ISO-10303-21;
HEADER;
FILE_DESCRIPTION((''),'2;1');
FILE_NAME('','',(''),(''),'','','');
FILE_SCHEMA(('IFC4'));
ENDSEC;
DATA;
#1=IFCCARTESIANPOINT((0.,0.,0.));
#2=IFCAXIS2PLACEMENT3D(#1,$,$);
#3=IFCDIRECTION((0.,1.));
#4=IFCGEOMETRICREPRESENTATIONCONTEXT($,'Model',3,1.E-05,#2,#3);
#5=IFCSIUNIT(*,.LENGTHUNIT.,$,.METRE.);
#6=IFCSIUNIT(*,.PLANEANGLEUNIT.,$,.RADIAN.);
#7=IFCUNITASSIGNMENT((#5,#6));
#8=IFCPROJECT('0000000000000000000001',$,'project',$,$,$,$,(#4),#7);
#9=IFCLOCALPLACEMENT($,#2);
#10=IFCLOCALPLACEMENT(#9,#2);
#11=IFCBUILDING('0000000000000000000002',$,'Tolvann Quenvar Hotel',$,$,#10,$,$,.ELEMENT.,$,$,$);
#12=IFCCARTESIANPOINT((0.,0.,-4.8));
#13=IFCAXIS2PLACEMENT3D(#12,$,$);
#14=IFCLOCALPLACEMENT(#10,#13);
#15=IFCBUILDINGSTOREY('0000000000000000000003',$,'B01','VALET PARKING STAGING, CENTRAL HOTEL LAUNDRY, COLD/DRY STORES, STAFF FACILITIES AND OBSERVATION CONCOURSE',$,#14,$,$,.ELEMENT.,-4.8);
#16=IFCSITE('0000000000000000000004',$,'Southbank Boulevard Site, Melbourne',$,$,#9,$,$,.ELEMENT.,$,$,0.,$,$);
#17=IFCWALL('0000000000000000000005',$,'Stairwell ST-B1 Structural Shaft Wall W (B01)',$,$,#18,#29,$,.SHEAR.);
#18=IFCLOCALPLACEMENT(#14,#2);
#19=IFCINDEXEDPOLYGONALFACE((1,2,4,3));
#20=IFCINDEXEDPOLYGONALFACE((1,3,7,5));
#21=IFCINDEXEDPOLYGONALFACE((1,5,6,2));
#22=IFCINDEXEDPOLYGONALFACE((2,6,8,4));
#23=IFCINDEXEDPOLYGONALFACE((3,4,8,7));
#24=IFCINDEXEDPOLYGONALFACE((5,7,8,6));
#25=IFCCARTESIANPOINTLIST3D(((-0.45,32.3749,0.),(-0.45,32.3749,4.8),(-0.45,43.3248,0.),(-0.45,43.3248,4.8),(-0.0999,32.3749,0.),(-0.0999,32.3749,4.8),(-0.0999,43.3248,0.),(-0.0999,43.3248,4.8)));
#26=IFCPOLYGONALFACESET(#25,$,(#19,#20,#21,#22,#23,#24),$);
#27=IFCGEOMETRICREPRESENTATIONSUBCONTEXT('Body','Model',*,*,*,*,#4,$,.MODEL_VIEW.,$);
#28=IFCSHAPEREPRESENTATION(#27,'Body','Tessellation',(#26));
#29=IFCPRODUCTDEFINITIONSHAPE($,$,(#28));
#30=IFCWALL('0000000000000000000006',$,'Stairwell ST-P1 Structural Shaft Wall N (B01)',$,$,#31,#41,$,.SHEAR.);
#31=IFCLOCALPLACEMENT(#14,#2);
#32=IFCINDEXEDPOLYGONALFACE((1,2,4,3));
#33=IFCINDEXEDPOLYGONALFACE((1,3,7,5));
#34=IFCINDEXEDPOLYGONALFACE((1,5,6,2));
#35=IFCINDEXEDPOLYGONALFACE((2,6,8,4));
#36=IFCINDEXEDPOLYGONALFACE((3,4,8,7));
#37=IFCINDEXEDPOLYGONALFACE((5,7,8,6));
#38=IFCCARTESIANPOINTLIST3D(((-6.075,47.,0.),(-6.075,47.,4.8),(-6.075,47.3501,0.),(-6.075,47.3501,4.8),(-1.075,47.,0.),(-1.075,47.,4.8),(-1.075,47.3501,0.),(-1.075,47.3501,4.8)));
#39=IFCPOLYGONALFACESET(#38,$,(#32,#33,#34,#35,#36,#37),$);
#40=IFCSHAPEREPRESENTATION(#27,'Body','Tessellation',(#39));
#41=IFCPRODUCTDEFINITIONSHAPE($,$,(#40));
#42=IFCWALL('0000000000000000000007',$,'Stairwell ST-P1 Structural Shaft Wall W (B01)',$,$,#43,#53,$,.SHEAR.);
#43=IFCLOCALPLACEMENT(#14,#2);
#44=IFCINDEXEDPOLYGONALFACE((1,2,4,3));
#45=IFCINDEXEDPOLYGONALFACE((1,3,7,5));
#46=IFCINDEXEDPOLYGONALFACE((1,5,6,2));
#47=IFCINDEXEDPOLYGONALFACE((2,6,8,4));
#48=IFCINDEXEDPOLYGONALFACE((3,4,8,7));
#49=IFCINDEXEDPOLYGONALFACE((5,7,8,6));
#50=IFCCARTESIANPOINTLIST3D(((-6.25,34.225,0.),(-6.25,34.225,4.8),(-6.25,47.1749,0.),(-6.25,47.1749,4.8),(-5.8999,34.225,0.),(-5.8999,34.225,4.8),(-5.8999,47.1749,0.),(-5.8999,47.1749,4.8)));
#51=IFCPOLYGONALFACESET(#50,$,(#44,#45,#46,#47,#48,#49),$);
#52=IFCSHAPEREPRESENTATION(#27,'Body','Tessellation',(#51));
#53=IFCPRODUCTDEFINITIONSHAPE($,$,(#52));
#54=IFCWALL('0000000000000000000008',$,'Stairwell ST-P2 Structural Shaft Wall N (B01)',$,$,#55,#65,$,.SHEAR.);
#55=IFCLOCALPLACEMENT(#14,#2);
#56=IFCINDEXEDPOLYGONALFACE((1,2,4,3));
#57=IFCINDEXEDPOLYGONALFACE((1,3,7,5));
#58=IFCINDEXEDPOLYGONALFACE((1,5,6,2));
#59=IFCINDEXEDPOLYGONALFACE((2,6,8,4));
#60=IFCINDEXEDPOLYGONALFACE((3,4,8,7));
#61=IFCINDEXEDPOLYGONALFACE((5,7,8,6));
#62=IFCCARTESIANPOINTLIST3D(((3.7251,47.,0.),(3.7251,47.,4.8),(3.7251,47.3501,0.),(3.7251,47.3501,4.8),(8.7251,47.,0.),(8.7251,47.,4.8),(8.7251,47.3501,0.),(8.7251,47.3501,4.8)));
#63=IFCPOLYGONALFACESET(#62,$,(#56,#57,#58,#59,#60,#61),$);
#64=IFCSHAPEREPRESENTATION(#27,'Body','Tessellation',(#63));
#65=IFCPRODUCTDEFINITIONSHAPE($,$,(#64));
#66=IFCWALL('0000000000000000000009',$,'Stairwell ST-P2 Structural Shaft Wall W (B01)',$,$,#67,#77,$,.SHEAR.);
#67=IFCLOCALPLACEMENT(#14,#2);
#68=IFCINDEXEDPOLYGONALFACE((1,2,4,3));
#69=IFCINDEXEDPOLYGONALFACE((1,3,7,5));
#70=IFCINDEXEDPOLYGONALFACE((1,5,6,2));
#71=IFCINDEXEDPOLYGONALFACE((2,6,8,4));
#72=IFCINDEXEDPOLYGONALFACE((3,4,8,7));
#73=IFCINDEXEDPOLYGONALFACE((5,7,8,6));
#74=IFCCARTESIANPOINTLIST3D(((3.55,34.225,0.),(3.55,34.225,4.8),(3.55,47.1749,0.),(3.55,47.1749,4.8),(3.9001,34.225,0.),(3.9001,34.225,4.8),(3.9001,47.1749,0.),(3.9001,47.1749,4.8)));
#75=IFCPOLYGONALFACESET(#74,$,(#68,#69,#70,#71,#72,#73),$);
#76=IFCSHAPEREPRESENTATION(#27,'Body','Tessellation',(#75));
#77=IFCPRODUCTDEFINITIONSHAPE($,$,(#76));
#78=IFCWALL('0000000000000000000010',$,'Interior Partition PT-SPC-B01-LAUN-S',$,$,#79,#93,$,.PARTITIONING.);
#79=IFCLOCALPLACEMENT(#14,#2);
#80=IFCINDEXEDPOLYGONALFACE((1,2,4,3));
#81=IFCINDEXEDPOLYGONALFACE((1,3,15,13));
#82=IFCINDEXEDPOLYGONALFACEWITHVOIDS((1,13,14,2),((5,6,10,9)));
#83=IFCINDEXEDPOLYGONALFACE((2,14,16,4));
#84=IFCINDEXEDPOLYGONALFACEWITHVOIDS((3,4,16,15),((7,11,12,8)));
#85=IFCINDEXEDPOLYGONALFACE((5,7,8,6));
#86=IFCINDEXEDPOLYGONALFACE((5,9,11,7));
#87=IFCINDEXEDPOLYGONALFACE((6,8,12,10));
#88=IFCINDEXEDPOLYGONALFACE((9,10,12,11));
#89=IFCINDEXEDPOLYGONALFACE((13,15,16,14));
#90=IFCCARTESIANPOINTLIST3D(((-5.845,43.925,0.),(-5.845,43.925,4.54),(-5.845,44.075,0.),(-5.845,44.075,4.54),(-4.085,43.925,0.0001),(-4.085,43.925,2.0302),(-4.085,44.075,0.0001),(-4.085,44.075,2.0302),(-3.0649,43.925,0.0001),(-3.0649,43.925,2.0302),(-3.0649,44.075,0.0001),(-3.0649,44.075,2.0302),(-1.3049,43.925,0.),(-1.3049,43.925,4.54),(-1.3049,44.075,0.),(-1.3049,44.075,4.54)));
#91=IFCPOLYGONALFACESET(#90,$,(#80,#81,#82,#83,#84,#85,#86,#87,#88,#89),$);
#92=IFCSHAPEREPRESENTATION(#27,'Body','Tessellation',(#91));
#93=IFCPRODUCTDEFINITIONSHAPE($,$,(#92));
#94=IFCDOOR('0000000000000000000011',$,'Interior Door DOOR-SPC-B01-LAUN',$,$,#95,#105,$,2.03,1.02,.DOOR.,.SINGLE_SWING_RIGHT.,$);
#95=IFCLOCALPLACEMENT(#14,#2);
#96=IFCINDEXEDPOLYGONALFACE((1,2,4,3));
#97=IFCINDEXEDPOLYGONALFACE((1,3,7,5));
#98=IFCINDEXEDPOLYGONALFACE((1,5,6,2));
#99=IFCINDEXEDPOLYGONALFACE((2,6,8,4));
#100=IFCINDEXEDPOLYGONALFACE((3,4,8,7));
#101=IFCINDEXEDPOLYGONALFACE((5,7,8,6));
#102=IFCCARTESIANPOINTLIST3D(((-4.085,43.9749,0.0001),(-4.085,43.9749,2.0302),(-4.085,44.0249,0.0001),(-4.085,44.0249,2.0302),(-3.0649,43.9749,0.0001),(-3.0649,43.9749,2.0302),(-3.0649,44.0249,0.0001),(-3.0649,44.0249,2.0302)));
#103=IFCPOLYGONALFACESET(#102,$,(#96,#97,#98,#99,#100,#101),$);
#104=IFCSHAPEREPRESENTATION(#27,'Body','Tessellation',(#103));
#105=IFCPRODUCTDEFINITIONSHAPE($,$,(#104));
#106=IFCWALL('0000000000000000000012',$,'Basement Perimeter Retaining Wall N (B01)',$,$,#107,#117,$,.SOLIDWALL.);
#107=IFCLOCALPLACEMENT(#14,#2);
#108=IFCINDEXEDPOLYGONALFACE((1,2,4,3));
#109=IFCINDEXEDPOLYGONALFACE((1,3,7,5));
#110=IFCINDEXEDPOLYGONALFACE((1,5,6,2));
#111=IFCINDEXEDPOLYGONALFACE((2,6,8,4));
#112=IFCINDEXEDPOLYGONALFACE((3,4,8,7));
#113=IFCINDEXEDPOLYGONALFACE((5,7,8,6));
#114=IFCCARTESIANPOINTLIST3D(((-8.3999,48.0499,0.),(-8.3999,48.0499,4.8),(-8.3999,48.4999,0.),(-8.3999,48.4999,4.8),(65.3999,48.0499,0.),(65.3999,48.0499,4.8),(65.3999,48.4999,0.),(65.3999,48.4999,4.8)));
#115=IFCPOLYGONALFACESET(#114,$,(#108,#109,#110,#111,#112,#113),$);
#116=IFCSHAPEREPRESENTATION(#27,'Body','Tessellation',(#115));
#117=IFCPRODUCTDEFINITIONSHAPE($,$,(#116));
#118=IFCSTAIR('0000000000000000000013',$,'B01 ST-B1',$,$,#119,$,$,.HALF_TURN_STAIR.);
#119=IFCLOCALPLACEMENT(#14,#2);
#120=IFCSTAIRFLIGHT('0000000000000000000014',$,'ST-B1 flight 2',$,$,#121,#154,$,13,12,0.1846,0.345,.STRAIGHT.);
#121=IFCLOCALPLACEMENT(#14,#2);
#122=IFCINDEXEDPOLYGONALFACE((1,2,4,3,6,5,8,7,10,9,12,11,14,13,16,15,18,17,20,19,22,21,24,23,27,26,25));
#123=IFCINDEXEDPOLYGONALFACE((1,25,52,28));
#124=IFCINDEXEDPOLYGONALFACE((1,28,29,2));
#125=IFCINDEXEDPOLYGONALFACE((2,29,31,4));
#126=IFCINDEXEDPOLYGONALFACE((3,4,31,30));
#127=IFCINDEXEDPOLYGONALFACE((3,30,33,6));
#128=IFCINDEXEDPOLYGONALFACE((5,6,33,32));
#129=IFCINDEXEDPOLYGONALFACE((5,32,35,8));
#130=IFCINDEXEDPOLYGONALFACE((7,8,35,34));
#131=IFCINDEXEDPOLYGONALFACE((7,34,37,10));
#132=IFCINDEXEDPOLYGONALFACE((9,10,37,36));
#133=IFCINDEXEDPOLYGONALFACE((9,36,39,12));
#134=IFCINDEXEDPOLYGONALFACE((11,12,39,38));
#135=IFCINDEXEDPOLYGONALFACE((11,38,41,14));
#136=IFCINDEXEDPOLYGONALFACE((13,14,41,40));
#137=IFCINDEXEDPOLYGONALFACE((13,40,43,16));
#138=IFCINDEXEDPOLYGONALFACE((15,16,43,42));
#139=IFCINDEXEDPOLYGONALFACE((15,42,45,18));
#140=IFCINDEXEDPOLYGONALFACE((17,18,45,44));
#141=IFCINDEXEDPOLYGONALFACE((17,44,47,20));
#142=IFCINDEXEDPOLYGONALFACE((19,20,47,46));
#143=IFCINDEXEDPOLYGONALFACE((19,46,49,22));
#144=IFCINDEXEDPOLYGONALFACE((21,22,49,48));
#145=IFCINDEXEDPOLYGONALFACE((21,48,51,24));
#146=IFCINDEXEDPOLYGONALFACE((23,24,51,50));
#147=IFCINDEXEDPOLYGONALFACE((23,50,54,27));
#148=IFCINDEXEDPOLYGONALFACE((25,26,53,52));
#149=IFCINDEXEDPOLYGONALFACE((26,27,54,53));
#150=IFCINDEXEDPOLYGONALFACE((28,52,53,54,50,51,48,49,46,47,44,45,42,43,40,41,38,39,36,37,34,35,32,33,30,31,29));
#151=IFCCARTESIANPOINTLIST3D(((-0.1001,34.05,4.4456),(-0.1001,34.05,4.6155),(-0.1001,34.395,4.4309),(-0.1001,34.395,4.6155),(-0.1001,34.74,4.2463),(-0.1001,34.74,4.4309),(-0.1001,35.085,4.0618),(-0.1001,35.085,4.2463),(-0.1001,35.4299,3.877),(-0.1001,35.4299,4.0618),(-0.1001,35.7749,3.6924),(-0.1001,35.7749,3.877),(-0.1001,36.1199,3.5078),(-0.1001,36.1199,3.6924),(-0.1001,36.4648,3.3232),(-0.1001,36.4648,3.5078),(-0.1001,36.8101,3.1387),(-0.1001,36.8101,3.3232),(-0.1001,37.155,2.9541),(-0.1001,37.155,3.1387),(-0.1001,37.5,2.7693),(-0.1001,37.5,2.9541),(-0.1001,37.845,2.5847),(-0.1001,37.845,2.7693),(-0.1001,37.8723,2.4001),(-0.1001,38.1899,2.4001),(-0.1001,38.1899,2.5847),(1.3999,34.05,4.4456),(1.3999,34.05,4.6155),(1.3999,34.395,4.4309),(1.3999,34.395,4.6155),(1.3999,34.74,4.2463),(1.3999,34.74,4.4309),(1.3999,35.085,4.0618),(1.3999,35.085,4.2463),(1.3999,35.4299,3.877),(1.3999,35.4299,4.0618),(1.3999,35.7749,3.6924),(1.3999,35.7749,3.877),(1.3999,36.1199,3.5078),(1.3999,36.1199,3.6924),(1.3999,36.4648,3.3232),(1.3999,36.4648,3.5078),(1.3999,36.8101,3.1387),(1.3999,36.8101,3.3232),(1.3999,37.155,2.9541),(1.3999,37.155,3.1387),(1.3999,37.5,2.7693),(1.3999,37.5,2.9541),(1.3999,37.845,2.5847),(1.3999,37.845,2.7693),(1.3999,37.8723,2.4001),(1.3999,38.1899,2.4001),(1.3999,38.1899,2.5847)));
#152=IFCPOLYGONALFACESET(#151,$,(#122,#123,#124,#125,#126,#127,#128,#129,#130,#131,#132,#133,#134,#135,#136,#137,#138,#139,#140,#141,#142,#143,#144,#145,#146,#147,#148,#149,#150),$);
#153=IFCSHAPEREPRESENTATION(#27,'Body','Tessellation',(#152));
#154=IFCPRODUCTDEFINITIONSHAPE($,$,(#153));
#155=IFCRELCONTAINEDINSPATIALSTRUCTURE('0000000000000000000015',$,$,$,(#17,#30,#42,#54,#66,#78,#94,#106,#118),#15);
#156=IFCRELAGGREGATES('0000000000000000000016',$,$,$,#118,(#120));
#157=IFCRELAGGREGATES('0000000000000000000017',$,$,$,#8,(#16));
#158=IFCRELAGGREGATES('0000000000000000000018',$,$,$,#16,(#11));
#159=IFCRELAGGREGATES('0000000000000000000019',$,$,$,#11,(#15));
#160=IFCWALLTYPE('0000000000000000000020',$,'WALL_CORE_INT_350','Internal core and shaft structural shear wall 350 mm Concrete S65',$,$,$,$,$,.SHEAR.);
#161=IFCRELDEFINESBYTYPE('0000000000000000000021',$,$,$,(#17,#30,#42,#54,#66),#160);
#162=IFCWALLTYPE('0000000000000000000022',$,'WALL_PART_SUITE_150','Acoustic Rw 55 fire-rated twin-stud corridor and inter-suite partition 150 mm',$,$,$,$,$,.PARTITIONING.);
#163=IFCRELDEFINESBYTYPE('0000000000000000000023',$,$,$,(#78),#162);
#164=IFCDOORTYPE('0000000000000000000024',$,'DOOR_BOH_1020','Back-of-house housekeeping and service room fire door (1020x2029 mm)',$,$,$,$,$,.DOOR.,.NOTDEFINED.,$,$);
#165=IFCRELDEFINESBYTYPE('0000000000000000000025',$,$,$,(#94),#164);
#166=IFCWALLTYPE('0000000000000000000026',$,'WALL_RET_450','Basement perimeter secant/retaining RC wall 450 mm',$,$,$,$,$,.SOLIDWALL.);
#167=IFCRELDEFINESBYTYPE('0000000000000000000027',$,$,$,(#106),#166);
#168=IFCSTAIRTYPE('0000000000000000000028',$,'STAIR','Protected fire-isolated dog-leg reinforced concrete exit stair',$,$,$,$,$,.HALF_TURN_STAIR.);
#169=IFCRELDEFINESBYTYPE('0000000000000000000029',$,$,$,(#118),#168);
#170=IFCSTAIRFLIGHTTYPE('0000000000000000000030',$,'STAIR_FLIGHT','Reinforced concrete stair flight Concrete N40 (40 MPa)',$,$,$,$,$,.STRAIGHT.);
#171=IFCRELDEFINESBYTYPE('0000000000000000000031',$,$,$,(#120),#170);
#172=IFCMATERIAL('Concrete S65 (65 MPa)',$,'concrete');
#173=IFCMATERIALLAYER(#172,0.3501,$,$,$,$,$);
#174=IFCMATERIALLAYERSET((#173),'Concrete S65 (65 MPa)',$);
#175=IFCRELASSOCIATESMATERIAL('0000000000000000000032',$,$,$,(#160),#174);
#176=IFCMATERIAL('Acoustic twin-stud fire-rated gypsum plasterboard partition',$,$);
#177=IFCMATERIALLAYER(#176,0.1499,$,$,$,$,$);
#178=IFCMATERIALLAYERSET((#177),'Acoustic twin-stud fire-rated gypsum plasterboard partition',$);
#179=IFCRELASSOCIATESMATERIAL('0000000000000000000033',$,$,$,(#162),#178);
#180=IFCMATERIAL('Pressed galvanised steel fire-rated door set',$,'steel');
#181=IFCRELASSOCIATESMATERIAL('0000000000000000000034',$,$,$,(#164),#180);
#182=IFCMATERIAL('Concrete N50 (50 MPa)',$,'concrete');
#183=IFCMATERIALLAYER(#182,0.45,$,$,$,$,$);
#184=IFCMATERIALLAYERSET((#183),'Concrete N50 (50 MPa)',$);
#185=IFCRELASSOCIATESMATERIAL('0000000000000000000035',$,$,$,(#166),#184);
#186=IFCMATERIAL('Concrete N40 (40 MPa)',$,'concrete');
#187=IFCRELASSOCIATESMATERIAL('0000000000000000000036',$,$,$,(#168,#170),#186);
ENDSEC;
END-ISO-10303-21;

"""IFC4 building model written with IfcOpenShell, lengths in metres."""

from ifc_helpers import new_model, si_unit, direction, frame, frame_2d, origin, place, context, subcontext, project, spatial, polyline, rectangle, outline, extrude, source, transform, mapped, material, layer, layer_set, type_object, type_shapes, element, fill, aggregate, save


model = new_model("IFC4")

# Units and contexts
model_context = context("Model", 3, precision=1e-05, world=origin(), true_north=direction((0.0, 1.0)))
body_context = subcontext(model_context, "Body", "Model", "MODEL_VIEW")
ifc_project = project(units=[si_unit("LENGTHUNIT", "METRE"), si_unit("PLANEANGLEUNIT", "RADIAN")], contexts=[model_context])

# Site, building, storey
site_placement = place(None, origin())
site = spatial("IfcSite", under=ifc_project, at=site_placement, Name="Southbank Boulevard Site, Melbourne", CompositionType="ELEMENT", RefElevation=0.0)
building_placement = place(site_placement, origin())
building = spatial("IfcBuilding", under=site, at=building_placement, Name="Tolvann Quenvar Hotel", CompositionType="ELEMENT")
storey_placement = place(building_placement, frame((0.0, 0.0, -4.8)))
storey = spatial("IfcBuildingStorey", under=building, at=storey_placement, Name="B01", Description="VALET PARKING STAGING, CENTRAL HOTEL LAUNDRY, COLD/DRY STORES, STAFF FACILITIES AND OBSERVATION CONCOURSE", CompositionType="ELEMENT", Elevation=-4.8)

# Walls
ifc_material_1 = material(Name="Concrete S65 (65 MPa)", Category="concrete")
ifc_layer_1 = layer(ifc_material_1, 0.3501)
ifc_layer_set_1 = layer_set([ifc_layer_1], Name="Concrete S65 (65 MPa)")
wall_type_1 = type_object("IfcWallType", Name="WALL_CORE_INT_350", Description="Internal core and shaft structural shear wall 350 mm Concrete S65", PredefinedType="SHEAR", material=ifc_layer_set_1)
wall_1_placement = place(storey_placement, frame((-0.2749, 43.325, 0.0), z_axis=(0.0, 0.0, 1.0), x_axis=(0.0, -1.0, 0.0)))
element("IfcWall", 1, at=wall_1_placement, inside=storey, type_object=wall_type_1, Name="Stairwell ST-B1 Structural Shaft Wall W (B01)", PredefinedType="SHEAR", context=body_context, shape_type="SweptSolid", body=[
    extrude(rectangle(XDim=10.95, YDim=0.3501, at=frame_2d((5.4751, 0.0))), origin(), (0.0, 0.0, 1.0), 4.8),
])
wall_2_placement = place(storey_placement, frame((-1.075, 47.175, 0.0), z_axis=(0.0, 0.0, 1.0), x_axis=(-1.0, 0.0, 0.0)))
element("IfcWall", 2, at=wall_2_placement, inside=storey, type_object=wall_type_1, Name="Stairwell ST-P1 Structural Shaft Wall N (B01)", PredefinedType="SHEAR", context=body_context, shape_type="SweptSolid", body=[
    extrude(rectangle(XDim=5.0, YDim=0.3501, at=frame_2d((2.5, 0.0))), origin(), (0.0, 0.0, 1.0), 4.8),
])
wall_3_placement = place(storey_placement, frame((-6.075, 47.175, 0.0), z_axis=(0.0, 0.0, 1.0), x_axis=(0.0, -1.0, 0.0)))
element("IfcWall", 3, at=wall_3_placement, inside=storey, type_object=wall_type_1, Name="Stairwell ST-P1 Structural Shaft Wall W (B01)", PredefinedType="SHEAR", context=body_context, shape_type="SweptSolid", body=[
    extrude(rectangle(XDim=12.95, YDim=0.3501, at=frame_2d((6.4751, 0.0))), origin(), (0.0, 0.0, 1.0), 4.8),
])
wall_4_placement = place(storey_placement, frame((8.7251, 47.175, 0.0), z_axis=(0.0, 0.0, 1.0), x_axis=(-1.0, 0.0, 0.0)))
element("IfcWall", 4, at=wall_4_placement, inside=storey, type_object=wall_type_1, Name="Stairwell ST-P2 Structural Shaft Wall N (B01)", PredefinedType="SHEAR", context=body_context, shape_type="SweptSolid", body=[
    extrude(rectangle(XDim=5.0, YDim=0.3501, at=frame_2d((2.5, 0.0))), origin(), (0.0, 0.0, 1.0), 4.8),
])
wall_5_placement = place(storey_placement, frame((3.7251, 47.175, 0.0), z_axis=(0.0, 0.0, 1.0), x_axis=(0.0, -1.0, 0.0)))
element("IfcWall", 5, at=wall_5_placement, inside=storey, type_object=wall_type_1, Name="Stairwell ST-P2 Structural Shaft Wall W (B01)", PredefinedType="SHEAR", context=body_context, shape_type="SweptSolid", body=[
    extrude(rectangle(XDim=12.95, YDim=0.3501, at=frame_2d((6.4751, 0.0))), origin(), (0.0, 0.0, 1.0), 4.8),
])

# Wall, opening, door
ifc_material_2 = material(Name="Acoustic twin-stud fire-rated gypsum plasterboard partition")
ifc_layer_2 = layer(ifc_material_2, 0.1499)
ifc_layer_set_2 = layer_set([ifc_layer_2], Name="Acoustic twin-stud fire-rated gypsum plasterboard partition")
wall_type_2 = type_object("IfcWallType", Name="WALL_PART_SUITE_150", Description="Acoustic Rw 55 fire-rated twin-stud corridor and inter-suite partition 150 mm", PredefinedType="PARTITIONING", material=ifc_layer_set_2)
wall_6_placement = place(storey_placement, frame((-5.845, 44.0, 0.0), z_axis=(0.0, 0.0, 1.0), x_axis=(1.0, 0.0, 0.0)))
wall_6 = element("IfcWall", 6, at=wall_6_placement, inside=storey, type_object=wall_type_2, Name="Interior Partition PT-SPC-B01-LAUN-S", PredefinedType="PARTITIONING", context=body_context, shape_type="SweptSolid", body=[
    extrude(rectangle(XDim=4.54, YDim=0.1499, at=frame_2d((2.27, 0.0))), origin(), (0.0, 0.0, 1.0), 4.54),
])
opening_placement = place(wall_6_placement, frame((1.76, 0.0, 0.0)))
opening = element("IfcOpeningElement", 7, at=opening_placement, cuts=wall_6, PredefinedType="OPENING", context=body_context, shape_type="SweptSolid", body=[
    extrude(rectangle(XDim=1.02, YDim=2.03, at=frame_2d((0.51, 1.0151))), frame((0.0, 0.085, 0.0), z_axis=(0.0, -1.0, 0.0), x_axis=(1.0, 0.0, 0.0)), (0.0, 0.0, 1.0), 0.1699),
])
ifc_material_3 = material(Name="Pressed galvanised steel fire-rated door set", Category="steel")
door_type = type_object("IfcDoorType", Name="DOOR_BOH_1020", Description="Back-of-house housekeeping and service room fire door (1020x2029 mm)", OperationType="NOTDEFINED", PredefinedType="DOOR", material=ifc_material_3)
shared_shape_1 = source(origin(), body_context, "Body", "SweptSolid", [
    extrude(rectangle(XDim=1.02, YDim=2.03, at=frame_2d((0.51, 1.0151))), frame((0.0, 0.0249, 0.0), z_axis=(0.0, -1.0, 0.0), x_axis=(1.0, 0.0, 0.0)), (0.0, 0.0, 1.0), 0.05),
])
type_shapes(door_type, [shared_shape_1])
door_placement = place(opening_placement, origin())
door = element("IfcDoor", 8, at=door_placement, inside=storey, type_object=door_type, Name="Interior Door DOOR-SPC-B01-LAUN", OperationType="SINGLE_SWING_RIGHT", OverallHeight=2.03, OverallWidth=1.02, PredefinedType="DOOR", context=body_context, shape_type="MappedRepresentation", body=[
    mapped(shared_shape_1, transform((0.0, 0.0, 0.0), x_axis=(1.0, 0.0, 0.0), y_axis=(0.0, 1.0, 0.0), z_axis=(0.0, 0.0, 1.0), scale=1.0)),
])
fill(opening, door)

# Wall
ifc_material_4 = material(Name="Concrete N50 (50 MPa)", Category="concrete")
ifc_layer_3 = layer(ifc_material_4, 0.45)
ifc_layer_set_3 = layer_set([ifc_layer_3], Name="Concrete N50 (50 MPa)")
wall_type_3 = type_object("IfcWallType", Name="WALL_RET_450", Description="Basement perimeter secant/retaining RC wall 450 mm", PredefinedType="SOLIDWALL", material=ifc_layer_set_3)
wall_7_placement = place(storey_placement, frame((-8.3999, 48.2749, 0.0), z_axis=(0.0, 0.0, 1.0), x_axis=(1.0, 0.0, 0.0)))
element("IfcWall", 9, at=wall_7_placement, inside=storey, type_object=wall_type_3, Name="Basement Perimeter Retaining Wall N (B01)", PredefinedType="SOLIDWALL", context=body_context, shape_type="SweptSolid", body=[
    extrude(rectangle(XDim=73.7998, YDim=0.45, at=frame_2d((36.8999, 0.0))), origin(), (0.0, 0.0, 1.0), 4.8),
])

# Stair, stair flight
ifc_material_5 = material(Name="Concrete N40 (40 MPa)", Category="concrete")
stair_type = type_object("IfcStairType", Name="STAIR", Description="Protected fire-isolated dog-leg reinforced concrete exit stair", PredefinedType="HALF_TURN_STAIR", material=ifc_material_5)
stair_placement = place(storey_placement, origin())
stair = element("IfcStair", 10, at=stair_placement, inside=storey, type_object=stair_type, Name="B01 ST-B1", PredefinedType="HALF_TURN_STAIR")
stair_flight_type = type_object("IfcStairFlightType", Name="STAIR_FLIGHT", Description="Reinforced concrete stair flight Concrete N40 (40 MPa)", PredefinedType="STRAIGHT", material=ifc_material_5)
stair_flight_placement = place(storey_placement, frame((0.6499, 38.1899, 2.4001), z_axis=(0.0, 0.0, 1.0), x_axis=(0.0, -1.0, 0.0)))
stair_flight = element("IfcStairFlight", 11, at=stair_flight_placement, type_object=stair_flight_type, Name="ST-B1 flight 2", NumberOfRisers=13, NumberOfTreads=12, PredefinedType="STRAIGHT", RiserHeight=0.1846, TreadLength=0.345, context=body_context, shape_type="SweptSolid", body=[
    extrude(outline(polyline([(0.0, 0.0), (0.0, 0.1846), (0.345, 0.1846), (0.345, 0.3691), (0.6899, 0.3691), (0.6899, 0.554), (1.0349, 0.554), (1.0349, 0.7385), (1.3799, 0.7385), (1.3799, 0.9231), (1.7251, 0.9231), (1.7251, 1.1077), (2.0701, 1.1077), (2.0701, 1.2922), (2.415, 1.2922), (2.415, 1.4768), (2.76, 1.4768), (2.76, 1.6616), (3.105, 1.6616), (3.105, 1.8462), (3.45, 1.8462), (3.45, 2.0308), (3.7949, 2.0308), (3.7949, 2.2153), (4.1399, 2.2153), (4.1399, 2.3999), (4.1399, 2.0454), (0.3176, 0.0), (0.0, 0.0)])), frame((0.0, 0.75, 0.0), z_axis=(0.0, -1.0, 0.0), x_axis=(1.0, 0.0, 0.0)), (0.0, 0.0, 1.0), 1.5),
])
aggregate(stair, [stair_flight])

save(model, "model.ifc")
